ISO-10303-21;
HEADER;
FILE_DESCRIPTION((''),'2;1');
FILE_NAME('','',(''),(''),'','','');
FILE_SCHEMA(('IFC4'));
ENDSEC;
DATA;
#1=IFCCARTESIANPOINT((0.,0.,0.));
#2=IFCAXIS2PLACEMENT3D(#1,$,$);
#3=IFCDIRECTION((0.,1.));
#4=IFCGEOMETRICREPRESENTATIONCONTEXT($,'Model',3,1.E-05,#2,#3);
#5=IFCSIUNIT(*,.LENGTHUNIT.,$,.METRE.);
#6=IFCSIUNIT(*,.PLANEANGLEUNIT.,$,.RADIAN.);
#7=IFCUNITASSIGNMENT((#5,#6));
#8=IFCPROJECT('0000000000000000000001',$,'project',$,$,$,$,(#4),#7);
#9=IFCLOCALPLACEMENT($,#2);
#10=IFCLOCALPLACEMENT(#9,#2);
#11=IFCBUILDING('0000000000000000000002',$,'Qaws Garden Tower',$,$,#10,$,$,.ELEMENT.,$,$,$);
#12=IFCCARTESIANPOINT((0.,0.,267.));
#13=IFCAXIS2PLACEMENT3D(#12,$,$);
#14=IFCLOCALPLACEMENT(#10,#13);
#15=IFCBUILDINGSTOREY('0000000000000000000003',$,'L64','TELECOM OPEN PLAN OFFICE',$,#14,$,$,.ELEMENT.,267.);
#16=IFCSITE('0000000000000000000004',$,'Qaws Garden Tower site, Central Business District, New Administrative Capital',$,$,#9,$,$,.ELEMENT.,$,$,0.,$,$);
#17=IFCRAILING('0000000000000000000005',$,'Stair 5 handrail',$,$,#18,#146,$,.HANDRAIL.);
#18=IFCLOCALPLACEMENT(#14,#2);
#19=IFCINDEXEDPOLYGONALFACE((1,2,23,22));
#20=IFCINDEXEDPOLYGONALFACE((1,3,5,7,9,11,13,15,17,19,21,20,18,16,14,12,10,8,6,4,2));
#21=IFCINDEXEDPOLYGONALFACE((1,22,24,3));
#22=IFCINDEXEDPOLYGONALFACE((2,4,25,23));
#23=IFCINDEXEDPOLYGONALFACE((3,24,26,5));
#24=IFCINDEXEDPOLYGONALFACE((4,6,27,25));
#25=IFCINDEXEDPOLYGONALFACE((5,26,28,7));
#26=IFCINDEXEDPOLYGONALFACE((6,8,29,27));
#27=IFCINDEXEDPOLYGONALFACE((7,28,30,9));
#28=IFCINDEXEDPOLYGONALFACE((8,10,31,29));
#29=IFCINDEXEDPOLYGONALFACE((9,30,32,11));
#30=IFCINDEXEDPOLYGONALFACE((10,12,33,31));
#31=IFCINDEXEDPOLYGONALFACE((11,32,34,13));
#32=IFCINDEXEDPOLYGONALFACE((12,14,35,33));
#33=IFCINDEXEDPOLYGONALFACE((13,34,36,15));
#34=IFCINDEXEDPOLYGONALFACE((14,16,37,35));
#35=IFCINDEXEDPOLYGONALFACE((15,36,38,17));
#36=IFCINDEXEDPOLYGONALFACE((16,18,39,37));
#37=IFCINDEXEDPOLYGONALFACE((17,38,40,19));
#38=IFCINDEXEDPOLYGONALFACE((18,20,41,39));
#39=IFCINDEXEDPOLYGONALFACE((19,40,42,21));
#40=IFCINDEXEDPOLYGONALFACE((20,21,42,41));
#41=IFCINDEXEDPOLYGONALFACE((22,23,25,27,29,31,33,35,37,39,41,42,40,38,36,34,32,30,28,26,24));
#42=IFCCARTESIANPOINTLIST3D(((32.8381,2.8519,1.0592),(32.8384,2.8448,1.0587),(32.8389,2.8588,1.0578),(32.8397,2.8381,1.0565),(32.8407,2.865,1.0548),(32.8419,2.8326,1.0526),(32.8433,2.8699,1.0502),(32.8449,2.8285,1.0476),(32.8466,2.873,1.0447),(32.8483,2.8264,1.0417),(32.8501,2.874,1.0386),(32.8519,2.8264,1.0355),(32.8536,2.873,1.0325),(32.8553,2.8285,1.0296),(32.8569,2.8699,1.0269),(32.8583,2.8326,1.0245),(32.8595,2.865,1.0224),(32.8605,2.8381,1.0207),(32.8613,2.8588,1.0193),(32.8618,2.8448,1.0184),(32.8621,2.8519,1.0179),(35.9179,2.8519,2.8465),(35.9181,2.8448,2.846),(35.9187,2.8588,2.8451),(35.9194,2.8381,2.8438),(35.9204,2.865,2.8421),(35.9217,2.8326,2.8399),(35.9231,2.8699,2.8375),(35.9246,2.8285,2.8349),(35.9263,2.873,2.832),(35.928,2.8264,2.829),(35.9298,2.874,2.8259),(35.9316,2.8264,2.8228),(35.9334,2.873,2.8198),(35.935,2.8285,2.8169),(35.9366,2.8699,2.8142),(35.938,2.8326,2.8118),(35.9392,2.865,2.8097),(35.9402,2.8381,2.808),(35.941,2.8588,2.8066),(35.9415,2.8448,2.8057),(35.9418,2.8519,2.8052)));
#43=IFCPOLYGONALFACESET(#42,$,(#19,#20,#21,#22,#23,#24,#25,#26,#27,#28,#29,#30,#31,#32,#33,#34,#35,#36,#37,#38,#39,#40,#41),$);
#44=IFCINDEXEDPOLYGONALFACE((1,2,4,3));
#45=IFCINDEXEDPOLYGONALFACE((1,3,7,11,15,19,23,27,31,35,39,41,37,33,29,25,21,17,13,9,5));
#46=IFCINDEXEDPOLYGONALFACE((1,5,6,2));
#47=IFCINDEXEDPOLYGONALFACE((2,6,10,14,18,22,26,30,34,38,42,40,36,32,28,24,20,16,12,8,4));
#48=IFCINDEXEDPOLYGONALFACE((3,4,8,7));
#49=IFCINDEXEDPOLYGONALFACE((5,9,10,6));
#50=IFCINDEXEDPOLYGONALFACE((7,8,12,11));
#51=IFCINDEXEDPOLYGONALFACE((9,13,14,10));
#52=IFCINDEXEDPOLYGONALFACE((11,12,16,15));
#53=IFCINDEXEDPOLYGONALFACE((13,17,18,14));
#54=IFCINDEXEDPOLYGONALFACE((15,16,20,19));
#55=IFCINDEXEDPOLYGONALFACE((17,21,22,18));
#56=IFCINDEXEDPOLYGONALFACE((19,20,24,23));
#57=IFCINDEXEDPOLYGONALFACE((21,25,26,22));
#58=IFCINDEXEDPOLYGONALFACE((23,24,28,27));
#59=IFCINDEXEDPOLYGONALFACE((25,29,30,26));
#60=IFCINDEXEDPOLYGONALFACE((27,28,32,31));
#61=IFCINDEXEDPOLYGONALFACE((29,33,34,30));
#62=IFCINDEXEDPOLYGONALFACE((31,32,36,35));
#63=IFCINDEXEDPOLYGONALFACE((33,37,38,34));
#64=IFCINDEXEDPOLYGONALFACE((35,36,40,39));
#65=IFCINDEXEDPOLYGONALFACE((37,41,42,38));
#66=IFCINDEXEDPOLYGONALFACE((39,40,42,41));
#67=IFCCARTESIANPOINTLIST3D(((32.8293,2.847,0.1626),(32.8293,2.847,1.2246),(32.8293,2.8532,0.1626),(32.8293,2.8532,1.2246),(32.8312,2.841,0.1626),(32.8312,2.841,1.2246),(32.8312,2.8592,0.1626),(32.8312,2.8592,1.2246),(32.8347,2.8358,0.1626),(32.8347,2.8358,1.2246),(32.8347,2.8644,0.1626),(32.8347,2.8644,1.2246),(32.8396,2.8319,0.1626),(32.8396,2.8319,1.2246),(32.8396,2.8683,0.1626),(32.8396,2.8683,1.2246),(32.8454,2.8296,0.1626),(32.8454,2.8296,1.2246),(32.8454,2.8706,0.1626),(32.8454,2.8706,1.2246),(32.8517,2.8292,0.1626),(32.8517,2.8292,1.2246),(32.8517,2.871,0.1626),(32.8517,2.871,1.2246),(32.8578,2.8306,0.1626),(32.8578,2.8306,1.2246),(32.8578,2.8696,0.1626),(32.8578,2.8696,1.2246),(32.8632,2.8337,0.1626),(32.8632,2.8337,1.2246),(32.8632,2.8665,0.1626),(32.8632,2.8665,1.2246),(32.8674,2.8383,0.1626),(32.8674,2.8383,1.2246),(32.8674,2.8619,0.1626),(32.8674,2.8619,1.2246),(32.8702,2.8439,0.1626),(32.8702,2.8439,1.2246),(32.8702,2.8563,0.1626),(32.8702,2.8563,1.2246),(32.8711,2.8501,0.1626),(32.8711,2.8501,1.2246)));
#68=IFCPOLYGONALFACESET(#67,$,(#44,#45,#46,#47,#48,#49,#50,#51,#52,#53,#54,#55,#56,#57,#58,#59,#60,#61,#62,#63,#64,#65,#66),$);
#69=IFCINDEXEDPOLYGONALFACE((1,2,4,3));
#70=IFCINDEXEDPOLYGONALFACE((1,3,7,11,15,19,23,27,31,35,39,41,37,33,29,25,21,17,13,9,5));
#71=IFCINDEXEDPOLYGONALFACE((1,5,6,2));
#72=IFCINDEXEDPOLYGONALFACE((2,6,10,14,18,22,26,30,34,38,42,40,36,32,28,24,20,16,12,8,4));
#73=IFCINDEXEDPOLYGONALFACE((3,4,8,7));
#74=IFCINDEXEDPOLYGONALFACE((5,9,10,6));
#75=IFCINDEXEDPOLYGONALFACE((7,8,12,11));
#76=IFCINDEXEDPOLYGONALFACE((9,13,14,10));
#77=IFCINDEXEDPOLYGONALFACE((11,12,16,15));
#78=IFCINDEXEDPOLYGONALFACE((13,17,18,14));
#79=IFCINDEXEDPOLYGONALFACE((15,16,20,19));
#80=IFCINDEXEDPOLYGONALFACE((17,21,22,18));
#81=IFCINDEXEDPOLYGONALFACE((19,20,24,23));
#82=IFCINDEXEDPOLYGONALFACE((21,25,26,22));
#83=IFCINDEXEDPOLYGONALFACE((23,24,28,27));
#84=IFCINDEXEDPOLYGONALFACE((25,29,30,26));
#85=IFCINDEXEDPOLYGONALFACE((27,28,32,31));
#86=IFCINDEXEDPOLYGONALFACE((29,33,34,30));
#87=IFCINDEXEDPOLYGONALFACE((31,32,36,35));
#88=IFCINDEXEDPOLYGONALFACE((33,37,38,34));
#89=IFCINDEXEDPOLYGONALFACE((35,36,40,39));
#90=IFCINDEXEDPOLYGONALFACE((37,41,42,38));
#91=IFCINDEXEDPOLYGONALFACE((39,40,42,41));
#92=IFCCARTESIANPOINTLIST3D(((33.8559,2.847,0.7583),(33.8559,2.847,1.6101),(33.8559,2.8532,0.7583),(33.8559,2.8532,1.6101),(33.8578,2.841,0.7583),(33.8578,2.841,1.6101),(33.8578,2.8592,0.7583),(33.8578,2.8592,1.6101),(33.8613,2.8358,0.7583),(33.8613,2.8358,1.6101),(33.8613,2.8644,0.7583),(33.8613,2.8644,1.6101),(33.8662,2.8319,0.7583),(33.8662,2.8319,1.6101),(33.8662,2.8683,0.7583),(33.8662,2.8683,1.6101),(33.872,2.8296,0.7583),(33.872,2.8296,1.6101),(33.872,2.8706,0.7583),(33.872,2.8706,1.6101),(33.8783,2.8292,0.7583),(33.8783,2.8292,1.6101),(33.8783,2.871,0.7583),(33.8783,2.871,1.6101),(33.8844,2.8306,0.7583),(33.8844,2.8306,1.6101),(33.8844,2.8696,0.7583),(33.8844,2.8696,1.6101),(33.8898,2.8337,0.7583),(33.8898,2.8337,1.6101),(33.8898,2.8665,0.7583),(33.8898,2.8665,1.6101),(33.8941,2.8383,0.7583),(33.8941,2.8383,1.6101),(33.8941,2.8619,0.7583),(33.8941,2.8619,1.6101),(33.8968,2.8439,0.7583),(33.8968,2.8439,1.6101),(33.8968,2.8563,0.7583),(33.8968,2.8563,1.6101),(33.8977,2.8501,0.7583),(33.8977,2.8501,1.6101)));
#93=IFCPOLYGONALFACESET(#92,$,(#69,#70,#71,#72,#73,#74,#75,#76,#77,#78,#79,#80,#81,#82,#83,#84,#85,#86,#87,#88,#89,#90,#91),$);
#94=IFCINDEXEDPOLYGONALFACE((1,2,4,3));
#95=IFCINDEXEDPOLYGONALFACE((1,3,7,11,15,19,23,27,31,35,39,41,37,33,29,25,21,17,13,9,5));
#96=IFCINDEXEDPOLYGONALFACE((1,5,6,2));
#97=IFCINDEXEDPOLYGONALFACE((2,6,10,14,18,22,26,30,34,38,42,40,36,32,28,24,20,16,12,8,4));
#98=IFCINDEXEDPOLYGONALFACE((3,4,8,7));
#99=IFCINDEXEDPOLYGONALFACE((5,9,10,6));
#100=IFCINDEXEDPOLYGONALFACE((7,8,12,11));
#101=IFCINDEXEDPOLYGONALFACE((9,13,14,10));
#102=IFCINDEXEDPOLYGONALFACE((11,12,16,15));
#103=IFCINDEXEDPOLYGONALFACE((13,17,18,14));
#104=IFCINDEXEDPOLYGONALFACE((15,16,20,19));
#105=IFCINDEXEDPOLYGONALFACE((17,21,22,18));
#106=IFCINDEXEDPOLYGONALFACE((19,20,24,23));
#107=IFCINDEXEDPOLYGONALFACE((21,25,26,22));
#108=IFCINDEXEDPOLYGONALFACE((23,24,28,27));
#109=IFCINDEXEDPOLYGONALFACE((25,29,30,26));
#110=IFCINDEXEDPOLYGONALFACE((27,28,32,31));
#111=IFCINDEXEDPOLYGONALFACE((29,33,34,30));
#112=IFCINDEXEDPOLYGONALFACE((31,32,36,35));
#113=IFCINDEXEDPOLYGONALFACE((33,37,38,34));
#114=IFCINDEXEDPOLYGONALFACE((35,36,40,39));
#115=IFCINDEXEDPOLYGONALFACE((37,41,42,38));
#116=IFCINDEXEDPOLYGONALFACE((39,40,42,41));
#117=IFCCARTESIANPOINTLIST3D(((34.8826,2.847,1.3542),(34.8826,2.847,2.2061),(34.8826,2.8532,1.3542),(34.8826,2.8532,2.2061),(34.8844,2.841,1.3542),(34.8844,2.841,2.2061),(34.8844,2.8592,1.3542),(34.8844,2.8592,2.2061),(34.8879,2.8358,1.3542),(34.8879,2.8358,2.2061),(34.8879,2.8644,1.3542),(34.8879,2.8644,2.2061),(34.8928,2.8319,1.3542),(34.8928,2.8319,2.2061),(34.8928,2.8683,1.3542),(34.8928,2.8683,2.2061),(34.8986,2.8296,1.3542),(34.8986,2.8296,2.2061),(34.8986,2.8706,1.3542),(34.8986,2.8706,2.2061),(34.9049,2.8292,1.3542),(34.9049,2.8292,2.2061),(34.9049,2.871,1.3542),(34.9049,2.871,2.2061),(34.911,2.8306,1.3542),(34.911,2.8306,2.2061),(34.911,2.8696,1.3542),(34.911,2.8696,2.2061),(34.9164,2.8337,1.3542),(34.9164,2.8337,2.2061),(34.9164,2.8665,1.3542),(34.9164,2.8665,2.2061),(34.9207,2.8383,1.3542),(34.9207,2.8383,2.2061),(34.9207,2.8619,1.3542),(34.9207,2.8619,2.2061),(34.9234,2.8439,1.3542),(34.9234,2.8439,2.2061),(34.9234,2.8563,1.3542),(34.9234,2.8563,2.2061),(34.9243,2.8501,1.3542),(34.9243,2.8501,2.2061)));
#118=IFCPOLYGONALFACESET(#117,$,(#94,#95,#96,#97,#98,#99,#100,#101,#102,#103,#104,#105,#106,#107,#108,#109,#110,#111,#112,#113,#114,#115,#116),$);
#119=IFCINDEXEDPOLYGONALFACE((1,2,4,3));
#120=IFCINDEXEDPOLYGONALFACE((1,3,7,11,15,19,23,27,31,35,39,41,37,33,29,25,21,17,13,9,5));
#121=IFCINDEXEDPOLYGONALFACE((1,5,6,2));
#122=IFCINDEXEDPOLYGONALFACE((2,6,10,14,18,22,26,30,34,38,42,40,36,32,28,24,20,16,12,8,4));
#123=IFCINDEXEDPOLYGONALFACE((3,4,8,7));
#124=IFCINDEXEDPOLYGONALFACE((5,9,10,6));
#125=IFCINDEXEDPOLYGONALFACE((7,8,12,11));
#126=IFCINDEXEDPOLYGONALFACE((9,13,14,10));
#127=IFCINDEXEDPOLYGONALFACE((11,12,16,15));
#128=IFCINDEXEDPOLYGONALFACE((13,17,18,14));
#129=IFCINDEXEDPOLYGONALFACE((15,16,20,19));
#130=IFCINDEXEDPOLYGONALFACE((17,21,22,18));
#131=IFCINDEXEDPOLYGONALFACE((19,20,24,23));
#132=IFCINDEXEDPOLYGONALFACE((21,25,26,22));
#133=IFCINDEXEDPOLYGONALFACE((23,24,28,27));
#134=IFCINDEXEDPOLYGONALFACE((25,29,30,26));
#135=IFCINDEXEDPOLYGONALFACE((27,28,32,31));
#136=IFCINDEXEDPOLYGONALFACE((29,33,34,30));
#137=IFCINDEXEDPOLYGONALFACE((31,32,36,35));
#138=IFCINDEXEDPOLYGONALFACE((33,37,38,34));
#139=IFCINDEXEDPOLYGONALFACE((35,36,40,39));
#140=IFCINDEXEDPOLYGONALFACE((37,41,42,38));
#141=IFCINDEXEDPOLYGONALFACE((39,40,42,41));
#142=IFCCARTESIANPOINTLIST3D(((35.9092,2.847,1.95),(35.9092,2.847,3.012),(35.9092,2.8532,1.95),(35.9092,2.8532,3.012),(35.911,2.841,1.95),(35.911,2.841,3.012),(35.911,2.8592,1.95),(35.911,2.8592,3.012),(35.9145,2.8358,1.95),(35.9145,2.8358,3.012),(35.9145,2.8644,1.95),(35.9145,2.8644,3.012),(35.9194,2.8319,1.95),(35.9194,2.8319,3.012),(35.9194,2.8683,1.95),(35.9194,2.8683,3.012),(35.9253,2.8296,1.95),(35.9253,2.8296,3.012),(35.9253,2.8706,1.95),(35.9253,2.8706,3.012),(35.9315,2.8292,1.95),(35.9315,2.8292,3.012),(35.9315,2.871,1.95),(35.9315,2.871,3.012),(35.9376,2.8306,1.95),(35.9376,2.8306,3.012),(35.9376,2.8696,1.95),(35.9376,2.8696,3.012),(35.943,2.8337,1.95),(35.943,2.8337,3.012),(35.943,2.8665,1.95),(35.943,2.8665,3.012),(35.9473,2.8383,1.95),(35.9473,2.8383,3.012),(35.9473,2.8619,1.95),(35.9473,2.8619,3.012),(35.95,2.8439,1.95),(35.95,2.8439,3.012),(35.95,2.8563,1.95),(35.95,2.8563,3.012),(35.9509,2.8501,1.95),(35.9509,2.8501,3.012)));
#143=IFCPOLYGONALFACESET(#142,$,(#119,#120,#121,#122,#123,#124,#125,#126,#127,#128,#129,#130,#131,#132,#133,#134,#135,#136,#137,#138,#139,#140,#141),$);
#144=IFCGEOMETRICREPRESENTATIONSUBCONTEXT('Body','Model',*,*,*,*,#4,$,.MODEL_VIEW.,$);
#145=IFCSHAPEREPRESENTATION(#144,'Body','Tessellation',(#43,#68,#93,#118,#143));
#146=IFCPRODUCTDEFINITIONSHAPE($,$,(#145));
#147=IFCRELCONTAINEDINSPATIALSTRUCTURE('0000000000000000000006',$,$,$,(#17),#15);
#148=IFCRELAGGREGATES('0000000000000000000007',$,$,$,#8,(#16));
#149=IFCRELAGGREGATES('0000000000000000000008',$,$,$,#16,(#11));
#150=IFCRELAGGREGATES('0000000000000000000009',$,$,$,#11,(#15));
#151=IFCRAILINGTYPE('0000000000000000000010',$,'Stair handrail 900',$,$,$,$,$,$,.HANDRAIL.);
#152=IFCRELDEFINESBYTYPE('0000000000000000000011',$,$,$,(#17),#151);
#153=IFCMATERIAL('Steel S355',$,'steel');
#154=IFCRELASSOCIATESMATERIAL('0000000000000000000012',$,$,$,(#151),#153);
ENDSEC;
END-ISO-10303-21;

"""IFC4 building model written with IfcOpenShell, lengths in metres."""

from ifc_helpers import new_model, si_unit, direction, frame, origin, origin_2d, place, context, subcontext, project, spatial, circle, extrude, material, type_object, element, save


model = new_model("IFC4")

# Units and contexts
model_context = context("Model", 3, precision=1e-05, world=origin(), true_north=direction((0.0, 1.0)))
body_context = subcontext(model_context, "Body", "Model", "MODEL_VIEW")
ifc_project = project(units=[si_unit("LENGTHUNIT", "METRE"), si_unit("PLANEANGLEUNIT", "RADIAN")], contexts=[model_context])

# Site, building, storey
site_placement = place(None, origin())
site = spatial("IfcSite", under=ifc_project, at=site_placement, Name="Qaws Garden Tower site, Central Business District, New Administrative Capital", CompositionType="ELEMENT", RefElevation=0.0)
building_placement = place(site_placement, origin())
building = spatial("IfcBuilding", under=site, at=building_placement, Name="Qaws Garden Tower", CompositionType="ELEMENT")
storey_placement = place(building_placement, frame((0.0, 0.0, 267.0)))
storey = spatial("IfcBuildingStorey", under=building, at=storey_placement, Name="L64", Description="TELECOM OPEN PLAN OFFICE", CompositionType="ELEMENT", Elevation=267.0)

# Railing
ifc_material_1 = material(Name="Steel S355", Category="steel")
railing_type = type_object("IfcRailingType", Name="Stair handrail 900", PredefinedType="HANDRAIL", material=ifc_material_1)
railing_placement = place(storey_placement, frame((32.8501, 2.8501, 0.1626)))
element("IfcRailing", 1, at=railing_placement, inside=storey, type_object=railing_type, Name="Stair 5 handrail", PredefinedType="HANDRAIL", context=body_context, shape_type="SweptSolid", body=[
    extrude(circle(Radius=0.0239, at=origin_2d()), frame((0.0, 0.0, 0.876), z_axis=(0.864903, 0.0, 0.501939), x_axis=(0.0, 1.0, 0.0)), (0.0, 0.0, 1.0), 3.5608),
    extrude(circle(Radius=0.021, at=origin_2d()), origin(), (0.0, 0.0, 1.0), 1.062),
    extrude(circle(Radius=0.021, at=origin_2d()), frame((1.0266, 0.0, 0.5957)), (0.0, 0.0, 1.0), 0.8518),
    extrude(circle(Radius=0.021, at=origin_2d()), frame((2.0532, 0.0, 1.1917)), (0.0, 0.0, 1.0), 0.8518),
    extrude(circle(Radius=0.021, at=origin_2d()), frame((3.0798, 0.0, 1.7874)), (0.0, 0.0, 1.0), 1.062),
])

save(model, "model.ifc")
